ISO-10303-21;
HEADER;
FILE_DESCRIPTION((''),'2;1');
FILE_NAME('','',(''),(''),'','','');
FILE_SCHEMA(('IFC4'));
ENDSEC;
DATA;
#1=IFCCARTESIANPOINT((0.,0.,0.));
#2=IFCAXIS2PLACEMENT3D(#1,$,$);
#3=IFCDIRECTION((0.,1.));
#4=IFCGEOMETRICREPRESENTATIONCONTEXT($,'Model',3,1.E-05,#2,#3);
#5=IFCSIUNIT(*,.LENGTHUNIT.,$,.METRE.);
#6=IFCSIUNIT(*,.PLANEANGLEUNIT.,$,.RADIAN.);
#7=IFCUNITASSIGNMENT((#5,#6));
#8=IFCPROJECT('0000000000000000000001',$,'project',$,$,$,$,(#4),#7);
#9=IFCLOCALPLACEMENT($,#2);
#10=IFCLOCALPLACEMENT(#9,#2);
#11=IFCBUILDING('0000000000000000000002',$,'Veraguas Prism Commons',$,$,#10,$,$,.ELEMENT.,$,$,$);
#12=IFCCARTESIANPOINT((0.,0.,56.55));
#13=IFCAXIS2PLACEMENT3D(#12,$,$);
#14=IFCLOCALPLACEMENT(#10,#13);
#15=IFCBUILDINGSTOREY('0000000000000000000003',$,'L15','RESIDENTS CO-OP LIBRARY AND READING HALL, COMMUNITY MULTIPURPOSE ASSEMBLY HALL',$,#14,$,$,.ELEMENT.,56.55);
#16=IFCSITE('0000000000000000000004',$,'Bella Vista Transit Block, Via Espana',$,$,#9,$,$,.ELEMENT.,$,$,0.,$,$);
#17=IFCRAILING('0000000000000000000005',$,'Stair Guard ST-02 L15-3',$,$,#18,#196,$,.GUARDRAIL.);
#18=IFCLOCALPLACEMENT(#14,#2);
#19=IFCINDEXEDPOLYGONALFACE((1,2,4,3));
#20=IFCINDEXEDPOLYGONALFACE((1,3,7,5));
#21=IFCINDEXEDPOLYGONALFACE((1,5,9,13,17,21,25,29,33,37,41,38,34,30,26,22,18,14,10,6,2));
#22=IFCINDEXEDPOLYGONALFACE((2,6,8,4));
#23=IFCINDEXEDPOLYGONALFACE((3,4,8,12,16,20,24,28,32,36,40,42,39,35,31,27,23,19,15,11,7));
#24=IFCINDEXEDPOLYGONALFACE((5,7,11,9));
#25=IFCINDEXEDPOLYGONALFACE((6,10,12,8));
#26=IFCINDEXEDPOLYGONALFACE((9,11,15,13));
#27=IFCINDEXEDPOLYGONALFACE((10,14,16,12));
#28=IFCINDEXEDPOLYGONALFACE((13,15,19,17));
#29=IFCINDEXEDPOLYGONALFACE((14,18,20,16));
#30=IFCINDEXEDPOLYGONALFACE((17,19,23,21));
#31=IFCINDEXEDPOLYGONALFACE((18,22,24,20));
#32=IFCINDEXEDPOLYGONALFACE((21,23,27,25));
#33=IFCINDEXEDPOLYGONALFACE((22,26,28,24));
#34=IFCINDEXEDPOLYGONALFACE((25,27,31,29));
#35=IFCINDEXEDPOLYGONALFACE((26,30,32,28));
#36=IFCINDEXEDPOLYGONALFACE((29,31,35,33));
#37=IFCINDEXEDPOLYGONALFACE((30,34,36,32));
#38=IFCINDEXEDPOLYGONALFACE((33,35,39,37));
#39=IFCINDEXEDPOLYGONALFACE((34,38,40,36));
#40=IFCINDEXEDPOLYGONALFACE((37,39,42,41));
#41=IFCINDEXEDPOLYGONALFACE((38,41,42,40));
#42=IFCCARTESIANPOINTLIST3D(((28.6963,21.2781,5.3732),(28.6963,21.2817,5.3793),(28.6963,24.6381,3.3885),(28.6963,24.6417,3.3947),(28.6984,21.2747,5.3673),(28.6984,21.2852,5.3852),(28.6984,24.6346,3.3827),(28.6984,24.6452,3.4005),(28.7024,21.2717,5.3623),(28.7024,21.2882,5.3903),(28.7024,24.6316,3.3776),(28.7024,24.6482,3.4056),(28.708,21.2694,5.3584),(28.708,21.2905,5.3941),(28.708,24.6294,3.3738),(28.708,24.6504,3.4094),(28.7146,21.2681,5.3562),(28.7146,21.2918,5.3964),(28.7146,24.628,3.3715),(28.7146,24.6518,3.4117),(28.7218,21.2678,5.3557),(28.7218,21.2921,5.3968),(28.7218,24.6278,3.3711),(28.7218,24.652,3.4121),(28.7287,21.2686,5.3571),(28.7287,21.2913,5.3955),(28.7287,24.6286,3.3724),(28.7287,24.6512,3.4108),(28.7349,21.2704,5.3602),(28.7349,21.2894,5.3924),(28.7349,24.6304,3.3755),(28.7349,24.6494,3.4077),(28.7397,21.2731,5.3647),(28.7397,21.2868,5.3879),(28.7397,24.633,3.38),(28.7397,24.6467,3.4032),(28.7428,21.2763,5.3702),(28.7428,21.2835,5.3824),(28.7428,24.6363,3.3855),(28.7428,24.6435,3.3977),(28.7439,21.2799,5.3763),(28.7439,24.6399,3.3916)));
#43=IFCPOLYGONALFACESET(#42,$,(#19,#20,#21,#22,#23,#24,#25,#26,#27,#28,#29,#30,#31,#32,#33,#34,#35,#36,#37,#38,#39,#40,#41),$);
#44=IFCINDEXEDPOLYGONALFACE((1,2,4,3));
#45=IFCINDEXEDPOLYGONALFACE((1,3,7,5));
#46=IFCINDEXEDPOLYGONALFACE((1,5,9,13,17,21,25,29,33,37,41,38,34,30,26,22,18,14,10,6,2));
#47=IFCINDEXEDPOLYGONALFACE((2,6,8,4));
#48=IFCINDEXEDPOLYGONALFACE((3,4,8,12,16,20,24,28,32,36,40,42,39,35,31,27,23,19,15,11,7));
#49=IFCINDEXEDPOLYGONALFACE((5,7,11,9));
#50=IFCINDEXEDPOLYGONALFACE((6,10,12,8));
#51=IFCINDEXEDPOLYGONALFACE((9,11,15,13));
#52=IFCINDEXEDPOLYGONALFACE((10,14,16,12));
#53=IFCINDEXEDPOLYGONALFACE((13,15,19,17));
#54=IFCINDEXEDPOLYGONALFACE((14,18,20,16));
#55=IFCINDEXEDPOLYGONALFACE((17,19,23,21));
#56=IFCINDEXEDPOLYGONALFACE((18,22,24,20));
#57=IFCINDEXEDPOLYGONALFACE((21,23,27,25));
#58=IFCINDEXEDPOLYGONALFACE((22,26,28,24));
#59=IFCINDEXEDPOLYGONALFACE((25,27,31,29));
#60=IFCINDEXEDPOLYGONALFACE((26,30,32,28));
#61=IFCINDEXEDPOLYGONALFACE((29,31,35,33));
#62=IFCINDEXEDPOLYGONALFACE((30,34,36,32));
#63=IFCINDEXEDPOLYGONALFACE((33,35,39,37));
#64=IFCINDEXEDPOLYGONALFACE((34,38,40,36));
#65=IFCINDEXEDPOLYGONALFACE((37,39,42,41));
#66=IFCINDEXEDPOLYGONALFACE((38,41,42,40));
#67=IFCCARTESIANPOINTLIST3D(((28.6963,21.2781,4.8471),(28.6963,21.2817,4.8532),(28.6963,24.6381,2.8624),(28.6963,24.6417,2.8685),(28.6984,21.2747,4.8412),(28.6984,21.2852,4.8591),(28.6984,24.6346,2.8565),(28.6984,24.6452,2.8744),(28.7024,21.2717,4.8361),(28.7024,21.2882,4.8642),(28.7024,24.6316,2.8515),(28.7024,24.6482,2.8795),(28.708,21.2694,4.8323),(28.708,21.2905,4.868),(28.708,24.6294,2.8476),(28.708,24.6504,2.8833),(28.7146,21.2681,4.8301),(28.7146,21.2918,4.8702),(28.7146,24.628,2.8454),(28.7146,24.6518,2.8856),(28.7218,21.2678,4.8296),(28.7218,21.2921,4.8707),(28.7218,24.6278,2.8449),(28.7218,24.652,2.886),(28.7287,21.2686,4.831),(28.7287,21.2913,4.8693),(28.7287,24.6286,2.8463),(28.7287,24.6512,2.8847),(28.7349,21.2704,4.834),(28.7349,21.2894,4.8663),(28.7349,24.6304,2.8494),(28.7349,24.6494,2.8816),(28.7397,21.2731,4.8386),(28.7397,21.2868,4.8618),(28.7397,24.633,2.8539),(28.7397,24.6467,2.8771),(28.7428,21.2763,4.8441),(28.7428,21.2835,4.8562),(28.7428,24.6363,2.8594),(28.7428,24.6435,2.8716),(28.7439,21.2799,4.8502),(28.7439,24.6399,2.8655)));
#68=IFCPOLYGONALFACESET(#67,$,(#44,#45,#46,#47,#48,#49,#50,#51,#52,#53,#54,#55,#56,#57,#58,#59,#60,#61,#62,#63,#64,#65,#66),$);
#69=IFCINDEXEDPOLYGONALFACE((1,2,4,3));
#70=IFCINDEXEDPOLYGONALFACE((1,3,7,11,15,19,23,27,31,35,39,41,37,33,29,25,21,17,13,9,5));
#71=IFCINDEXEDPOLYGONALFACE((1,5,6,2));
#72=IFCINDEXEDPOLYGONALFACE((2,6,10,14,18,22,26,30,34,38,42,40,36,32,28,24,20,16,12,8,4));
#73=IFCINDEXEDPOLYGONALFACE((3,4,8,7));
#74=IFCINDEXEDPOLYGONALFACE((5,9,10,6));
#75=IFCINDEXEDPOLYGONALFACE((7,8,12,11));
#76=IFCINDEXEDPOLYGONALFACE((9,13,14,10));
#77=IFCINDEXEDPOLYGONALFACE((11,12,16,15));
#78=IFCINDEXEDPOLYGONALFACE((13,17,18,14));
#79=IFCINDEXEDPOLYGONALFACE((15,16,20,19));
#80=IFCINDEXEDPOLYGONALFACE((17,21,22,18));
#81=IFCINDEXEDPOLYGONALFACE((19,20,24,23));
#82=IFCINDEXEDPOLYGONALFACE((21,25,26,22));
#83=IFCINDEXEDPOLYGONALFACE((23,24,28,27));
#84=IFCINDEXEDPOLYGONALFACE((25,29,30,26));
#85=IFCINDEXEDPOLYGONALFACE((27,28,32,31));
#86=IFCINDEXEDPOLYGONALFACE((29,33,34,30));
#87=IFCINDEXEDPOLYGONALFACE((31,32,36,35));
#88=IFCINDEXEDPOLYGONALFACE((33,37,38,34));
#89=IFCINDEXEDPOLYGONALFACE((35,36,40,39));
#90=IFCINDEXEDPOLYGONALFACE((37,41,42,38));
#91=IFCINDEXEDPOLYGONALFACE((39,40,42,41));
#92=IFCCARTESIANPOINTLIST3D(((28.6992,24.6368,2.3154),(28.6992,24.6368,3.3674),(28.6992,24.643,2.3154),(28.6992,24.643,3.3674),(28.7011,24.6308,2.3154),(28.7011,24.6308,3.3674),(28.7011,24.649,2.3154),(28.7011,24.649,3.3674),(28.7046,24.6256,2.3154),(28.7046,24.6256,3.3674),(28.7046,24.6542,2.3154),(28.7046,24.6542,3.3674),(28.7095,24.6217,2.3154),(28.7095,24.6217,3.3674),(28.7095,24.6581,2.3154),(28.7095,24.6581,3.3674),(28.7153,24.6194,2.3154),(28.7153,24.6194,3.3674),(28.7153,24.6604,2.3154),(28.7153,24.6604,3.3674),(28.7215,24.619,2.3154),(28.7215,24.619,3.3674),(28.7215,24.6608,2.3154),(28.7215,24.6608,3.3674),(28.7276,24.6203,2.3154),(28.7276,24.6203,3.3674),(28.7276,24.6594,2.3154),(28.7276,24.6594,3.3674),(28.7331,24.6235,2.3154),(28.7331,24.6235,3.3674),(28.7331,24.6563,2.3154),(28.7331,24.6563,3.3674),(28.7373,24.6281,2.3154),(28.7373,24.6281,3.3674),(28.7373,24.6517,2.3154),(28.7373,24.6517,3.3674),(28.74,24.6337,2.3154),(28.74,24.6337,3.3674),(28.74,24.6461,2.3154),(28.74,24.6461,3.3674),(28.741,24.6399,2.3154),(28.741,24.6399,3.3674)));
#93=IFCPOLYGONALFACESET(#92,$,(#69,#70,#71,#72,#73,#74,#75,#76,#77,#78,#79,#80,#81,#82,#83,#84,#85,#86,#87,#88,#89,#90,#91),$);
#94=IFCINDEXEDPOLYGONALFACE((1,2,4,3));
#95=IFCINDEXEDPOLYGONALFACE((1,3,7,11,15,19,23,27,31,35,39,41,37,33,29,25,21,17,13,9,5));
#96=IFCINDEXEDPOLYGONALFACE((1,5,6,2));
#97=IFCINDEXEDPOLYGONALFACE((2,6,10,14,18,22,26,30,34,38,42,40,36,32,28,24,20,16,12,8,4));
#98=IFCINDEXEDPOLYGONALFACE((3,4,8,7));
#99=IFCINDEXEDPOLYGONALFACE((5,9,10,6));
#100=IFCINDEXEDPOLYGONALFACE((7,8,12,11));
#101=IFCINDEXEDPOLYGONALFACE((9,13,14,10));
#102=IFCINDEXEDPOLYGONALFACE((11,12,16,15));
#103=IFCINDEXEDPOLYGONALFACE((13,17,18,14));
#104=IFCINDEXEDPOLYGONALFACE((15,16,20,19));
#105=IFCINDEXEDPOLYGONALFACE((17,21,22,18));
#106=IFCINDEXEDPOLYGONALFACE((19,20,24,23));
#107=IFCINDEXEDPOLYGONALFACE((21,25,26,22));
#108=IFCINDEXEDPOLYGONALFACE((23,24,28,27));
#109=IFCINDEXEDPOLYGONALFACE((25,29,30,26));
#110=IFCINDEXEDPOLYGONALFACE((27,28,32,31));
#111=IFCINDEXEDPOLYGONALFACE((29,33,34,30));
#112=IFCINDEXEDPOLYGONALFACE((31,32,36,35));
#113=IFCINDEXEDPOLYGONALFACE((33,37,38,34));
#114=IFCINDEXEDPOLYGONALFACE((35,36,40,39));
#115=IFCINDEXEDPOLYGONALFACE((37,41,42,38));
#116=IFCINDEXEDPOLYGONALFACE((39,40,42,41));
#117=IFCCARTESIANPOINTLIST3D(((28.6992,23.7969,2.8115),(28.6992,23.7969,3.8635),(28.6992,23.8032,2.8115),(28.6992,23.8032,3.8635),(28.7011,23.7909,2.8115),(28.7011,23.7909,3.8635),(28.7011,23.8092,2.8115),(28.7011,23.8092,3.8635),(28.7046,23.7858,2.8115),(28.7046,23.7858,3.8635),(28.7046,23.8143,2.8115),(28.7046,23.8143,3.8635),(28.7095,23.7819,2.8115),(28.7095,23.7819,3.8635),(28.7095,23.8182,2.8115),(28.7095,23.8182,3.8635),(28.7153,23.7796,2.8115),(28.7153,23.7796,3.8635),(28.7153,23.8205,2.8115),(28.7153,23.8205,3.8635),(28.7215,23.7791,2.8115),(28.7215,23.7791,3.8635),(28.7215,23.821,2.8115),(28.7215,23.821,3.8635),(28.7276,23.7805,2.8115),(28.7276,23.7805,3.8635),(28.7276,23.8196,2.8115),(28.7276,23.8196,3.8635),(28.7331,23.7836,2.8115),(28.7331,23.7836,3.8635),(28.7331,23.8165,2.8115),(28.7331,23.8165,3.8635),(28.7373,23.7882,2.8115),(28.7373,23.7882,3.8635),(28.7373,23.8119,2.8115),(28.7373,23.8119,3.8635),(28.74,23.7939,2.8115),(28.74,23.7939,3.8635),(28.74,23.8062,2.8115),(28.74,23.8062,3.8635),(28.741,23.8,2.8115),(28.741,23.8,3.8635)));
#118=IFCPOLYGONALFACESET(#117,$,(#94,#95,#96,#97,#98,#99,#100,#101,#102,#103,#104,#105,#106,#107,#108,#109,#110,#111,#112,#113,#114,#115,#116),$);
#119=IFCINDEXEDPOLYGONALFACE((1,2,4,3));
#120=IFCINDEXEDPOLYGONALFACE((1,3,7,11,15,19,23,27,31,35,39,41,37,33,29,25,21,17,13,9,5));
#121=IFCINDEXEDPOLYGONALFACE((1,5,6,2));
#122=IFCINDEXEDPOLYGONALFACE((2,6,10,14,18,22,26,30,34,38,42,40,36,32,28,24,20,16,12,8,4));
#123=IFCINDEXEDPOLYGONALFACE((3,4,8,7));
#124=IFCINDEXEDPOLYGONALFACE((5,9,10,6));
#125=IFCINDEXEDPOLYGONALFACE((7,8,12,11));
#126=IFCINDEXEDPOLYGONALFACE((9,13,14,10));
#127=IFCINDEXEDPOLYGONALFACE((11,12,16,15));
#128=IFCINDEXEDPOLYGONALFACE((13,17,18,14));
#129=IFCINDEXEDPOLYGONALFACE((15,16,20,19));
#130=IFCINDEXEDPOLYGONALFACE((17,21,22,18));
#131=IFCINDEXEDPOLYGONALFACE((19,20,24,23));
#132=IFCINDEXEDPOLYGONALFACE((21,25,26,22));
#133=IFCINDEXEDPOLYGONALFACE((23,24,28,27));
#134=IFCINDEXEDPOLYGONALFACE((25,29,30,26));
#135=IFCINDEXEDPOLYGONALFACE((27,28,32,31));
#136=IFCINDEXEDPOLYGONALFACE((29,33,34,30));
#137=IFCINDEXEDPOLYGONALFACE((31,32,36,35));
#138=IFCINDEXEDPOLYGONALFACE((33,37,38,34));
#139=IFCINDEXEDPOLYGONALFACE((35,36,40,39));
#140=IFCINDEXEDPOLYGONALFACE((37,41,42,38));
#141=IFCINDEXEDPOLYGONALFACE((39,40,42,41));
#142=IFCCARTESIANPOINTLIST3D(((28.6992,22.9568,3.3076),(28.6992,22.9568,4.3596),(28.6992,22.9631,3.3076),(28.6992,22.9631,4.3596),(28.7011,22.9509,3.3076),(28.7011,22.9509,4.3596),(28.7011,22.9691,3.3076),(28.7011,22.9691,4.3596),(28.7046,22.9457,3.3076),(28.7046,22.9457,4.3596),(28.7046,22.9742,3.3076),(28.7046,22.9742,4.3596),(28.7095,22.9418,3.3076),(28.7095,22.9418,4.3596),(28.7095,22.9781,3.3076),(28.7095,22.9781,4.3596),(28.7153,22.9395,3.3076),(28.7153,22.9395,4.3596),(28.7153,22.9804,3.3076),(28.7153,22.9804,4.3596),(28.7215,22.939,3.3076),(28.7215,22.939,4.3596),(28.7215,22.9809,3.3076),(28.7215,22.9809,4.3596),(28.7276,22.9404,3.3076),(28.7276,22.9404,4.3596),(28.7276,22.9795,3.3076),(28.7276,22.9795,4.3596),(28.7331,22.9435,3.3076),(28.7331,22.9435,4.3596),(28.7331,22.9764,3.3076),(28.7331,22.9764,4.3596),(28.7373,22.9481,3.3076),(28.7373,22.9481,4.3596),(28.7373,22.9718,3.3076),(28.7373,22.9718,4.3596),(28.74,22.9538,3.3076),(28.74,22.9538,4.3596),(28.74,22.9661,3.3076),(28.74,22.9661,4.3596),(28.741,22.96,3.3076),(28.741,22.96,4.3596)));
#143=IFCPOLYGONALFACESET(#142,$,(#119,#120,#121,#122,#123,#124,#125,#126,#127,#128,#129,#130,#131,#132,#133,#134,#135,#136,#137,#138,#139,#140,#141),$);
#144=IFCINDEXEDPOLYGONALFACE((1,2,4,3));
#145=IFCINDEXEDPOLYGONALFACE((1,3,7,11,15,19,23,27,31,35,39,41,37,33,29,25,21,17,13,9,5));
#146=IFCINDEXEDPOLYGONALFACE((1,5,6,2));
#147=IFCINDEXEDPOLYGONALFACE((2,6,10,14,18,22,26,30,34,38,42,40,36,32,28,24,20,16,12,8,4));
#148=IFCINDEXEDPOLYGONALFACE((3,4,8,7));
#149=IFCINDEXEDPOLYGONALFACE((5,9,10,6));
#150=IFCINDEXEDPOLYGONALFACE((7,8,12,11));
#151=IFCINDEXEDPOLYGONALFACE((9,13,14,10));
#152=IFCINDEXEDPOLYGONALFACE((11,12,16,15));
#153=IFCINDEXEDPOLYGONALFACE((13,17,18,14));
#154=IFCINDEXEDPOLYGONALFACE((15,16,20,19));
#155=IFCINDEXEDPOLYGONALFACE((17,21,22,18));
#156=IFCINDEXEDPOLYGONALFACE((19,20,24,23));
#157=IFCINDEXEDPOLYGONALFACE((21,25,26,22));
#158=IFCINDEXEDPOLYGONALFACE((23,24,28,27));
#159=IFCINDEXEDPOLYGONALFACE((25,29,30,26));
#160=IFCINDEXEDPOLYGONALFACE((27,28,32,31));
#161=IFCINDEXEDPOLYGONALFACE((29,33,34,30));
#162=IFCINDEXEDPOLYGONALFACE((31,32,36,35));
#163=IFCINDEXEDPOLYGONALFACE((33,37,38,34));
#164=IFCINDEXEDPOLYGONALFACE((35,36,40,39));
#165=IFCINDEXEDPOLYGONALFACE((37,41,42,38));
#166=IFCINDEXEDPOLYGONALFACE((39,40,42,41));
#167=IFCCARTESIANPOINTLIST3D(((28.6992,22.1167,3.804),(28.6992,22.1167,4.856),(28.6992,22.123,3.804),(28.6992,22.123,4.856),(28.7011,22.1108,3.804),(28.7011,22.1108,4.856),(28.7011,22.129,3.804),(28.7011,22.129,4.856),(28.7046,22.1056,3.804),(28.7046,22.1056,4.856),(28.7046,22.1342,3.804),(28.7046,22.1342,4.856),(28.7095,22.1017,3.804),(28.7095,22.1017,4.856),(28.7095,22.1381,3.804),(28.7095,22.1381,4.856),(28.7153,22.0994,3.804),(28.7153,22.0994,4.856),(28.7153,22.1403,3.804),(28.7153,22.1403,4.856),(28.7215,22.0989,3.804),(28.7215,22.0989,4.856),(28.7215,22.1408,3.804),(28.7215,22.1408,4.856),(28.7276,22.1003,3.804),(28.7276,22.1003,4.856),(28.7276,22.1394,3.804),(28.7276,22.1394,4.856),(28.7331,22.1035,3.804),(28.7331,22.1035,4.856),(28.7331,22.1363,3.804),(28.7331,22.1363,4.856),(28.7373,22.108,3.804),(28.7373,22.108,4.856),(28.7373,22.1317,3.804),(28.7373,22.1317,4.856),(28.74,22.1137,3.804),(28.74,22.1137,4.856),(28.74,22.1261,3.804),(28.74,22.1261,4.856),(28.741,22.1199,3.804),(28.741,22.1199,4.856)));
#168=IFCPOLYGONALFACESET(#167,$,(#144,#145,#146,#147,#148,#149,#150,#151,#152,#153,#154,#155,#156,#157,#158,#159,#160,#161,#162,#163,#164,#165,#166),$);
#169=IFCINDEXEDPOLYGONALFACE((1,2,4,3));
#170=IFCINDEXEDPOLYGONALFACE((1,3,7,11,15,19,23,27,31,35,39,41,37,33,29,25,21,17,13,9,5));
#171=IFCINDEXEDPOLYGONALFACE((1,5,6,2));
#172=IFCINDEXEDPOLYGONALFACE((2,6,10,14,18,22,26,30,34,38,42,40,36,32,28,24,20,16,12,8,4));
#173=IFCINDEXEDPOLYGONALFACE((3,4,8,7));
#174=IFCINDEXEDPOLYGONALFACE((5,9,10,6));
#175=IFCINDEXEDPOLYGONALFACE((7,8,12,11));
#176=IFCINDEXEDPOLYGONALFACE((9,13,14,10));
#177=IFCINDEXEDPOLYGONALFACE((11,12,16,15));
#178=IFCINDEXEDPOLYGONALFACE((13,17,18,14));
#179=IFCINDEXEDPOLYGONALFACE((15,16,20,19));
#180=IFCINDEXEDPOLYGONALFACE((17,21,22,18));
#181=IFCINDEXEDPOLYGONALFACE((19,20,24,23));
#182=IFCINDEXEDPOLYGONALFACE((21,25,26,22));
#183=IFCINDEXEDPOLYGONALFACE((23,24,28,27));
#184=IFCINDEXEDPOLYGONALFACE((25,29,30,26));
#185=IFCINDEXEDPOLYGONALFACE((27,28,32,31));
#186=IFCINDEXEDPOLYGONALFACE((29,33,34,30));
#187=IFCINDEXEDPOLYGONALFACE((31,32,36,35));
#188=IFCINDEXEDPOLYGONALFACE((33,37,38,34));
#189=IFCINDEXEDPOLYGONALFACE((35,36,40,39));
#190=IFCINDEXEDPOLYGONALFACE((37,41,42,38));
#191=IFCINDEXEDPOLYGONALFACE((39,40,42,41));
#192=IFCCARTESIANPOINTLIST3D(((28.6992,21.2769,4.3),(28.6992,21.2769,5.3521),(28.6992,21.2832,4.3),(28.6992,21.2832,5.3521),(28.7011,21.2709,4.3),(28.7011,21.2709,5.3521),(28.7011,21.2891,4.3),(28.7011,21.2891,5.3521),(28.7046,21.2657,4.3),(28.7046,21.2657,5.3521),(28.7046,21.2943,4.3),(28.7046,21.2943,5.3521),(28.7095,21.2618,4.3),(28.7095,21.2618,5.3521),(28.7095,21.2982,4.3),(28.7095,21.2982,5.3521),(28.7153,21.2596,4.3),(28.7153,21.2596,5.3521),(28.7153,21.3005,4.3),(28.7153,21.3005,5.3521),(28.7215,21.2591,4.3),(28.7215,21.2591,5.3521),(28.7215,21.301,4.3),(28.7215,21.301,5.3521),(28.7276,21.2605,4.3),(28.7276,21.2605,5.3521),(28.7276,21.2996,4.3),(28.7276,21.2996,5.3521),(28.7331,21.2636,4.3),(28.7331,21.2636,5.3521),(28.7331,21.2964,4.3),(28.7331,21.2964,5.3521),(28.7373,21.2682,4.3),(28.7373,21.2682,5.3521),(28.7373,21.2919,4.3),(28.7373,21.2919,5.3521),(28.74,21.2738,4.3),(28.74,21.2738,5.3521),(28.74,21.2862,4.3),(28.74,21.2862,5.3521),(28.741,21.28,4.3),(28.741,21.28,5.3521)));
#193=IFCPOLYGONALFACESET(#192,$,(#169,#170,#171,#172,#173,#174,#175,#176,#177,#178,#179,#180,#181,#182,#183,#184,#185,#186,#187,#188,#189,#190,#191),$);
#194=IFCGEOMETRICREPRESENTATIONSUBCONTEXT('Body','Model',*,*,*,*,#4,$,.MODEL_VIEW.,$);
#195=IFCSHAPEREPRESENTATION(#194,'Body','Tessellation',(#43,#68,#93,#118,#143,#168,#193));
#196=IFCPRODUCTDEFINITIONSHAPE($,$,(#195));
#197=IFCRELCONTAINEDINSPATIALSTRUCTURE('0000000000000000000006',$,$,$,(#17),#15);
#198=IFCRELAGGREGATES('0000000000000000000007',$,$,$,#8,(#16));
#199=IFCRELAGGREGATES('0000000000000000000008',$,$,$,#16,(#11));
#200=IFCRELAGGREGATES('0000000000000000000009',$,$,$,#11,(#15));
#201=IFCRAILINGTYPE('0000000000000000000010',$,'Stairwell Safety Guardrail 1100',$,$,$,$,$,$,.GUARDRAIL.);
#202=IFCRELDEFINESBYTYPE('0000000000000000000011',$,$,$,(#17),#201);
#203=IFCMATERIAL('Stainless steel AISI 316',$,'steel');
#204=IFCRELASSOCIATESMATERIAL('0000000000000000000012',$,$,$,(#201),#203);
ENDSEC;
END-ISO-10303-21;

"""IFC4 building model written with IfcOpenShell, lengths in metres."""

from ifc_helpers import new_model, si_unit, direction, frame, origin, origin_2d, place, context, subcontext, project, spatial, circle, extrude, material, type_object, element, save


model = new_model("IFC4")

# Units and contexts
model_context = context("Model", 3, precision=1e-05, world=origin(), true_north=direction((0.0, 1.0)))
body_context = subcontext(model_context, "Body", "Model", "MODEL_VIEW")
ifc_project = project(units=[si_unit("LENGTHUNIT", "METRE"), si_unit("PLANEANGLEUNIT", "RADIAN")], contexts=[model_context])

# Site, building, storey
site_placement = place(None, origin())
site = spatial("IfcSite", under=ifc_project, at=site_placement, Name="Bella Vista Transit Block, Via Espana", CompositionType="ELEMENT", RefElevation=0.0)
building_placement = place(site_placement, origin())
building = spatial("IfcBuilding", under=site, at=building_placement, Name="Veraguas Prism Commons", CompositionType="ELEMENT")
storey_placement = place(building_placement, frame((0.0, 0.0, 56.55)))
storey = spatial("IfcBuildingStorey", under=building, at=storey_placement, Name="L15", Description="RESIDENTS CO-OP LIBRARY AND READING HALL, COMMUNITY MULTIPURPOSE ASSEMBLY HALL", CompositionType="ELEMENT", Elevation=56.55)

# Railing
ifc_material_1 = material(Name="Stainless steel AISI 316", Category="steel")
railing_type_1 = type_object("IfcRailingType", Name="Stairwell Safety Guardrail 1100", PredefinedType="GUARDRAIL", material=ifc_material_1)
railing_1_placement = place(storey_placement, frame((28.72, 24.6399, 2.3154)))
element("IfcRailing", 1, at=railing_1_placement, inside=storey, type_object=railing_type_1, Name="Stair Guard ST-02 L15-3", PredefinedType="GUARDRAIL", context=body_context, shape_type="SweptSolid", body=[
    extrude(circle(Radius=0.0239, at=origin_2d()), frame((0.0, 0.0, 1.0762), z_axis=(0.0, -0.861011, 0.508586), x_axis=(1.0, 0.0, 0.0)), (0.0, 0.0, 1.0), 3.9023),
    extrude(circle(Radius=0.0239, at=origin_2d()), frame((0.0, 0.0, 0.55), z_axis=(0.0, -0.861011, 0.508586), x_axis=(1.0, 0.0, 0.0)), (0.0, 0.0, 1.0), 3.9023),
    extrude(circle(Radius=0.021, at=origin_2d()), origin(), (0.0, 0.0, 1.0), 1.052),
    extrude(circle(Radius=0.021, at=origin_2d()), frame((0.0, -0.8398, 0.4961)), (0.0, 0.0, 1.0), 1.052),
    extrude(circle(Radius=0.021, at=origin_2d()), frame((0.0, -1.6799, 0.9922)), (0.0, 0.0, 1.0), 1.052),
    extrude(circle(Radius=0.021, at=origin_2d()), frame((0.0, -2.52, 1.4885)), (0.0, 0.0, 1.0), 1.052),
    extrude(circle(Radius=0.021, at=origin_2d()), frame((0.0, -3.3599, 1.9846)), (0.0, 0.0, 1.0), 1.052),
])

save(model, "model.ifc")
